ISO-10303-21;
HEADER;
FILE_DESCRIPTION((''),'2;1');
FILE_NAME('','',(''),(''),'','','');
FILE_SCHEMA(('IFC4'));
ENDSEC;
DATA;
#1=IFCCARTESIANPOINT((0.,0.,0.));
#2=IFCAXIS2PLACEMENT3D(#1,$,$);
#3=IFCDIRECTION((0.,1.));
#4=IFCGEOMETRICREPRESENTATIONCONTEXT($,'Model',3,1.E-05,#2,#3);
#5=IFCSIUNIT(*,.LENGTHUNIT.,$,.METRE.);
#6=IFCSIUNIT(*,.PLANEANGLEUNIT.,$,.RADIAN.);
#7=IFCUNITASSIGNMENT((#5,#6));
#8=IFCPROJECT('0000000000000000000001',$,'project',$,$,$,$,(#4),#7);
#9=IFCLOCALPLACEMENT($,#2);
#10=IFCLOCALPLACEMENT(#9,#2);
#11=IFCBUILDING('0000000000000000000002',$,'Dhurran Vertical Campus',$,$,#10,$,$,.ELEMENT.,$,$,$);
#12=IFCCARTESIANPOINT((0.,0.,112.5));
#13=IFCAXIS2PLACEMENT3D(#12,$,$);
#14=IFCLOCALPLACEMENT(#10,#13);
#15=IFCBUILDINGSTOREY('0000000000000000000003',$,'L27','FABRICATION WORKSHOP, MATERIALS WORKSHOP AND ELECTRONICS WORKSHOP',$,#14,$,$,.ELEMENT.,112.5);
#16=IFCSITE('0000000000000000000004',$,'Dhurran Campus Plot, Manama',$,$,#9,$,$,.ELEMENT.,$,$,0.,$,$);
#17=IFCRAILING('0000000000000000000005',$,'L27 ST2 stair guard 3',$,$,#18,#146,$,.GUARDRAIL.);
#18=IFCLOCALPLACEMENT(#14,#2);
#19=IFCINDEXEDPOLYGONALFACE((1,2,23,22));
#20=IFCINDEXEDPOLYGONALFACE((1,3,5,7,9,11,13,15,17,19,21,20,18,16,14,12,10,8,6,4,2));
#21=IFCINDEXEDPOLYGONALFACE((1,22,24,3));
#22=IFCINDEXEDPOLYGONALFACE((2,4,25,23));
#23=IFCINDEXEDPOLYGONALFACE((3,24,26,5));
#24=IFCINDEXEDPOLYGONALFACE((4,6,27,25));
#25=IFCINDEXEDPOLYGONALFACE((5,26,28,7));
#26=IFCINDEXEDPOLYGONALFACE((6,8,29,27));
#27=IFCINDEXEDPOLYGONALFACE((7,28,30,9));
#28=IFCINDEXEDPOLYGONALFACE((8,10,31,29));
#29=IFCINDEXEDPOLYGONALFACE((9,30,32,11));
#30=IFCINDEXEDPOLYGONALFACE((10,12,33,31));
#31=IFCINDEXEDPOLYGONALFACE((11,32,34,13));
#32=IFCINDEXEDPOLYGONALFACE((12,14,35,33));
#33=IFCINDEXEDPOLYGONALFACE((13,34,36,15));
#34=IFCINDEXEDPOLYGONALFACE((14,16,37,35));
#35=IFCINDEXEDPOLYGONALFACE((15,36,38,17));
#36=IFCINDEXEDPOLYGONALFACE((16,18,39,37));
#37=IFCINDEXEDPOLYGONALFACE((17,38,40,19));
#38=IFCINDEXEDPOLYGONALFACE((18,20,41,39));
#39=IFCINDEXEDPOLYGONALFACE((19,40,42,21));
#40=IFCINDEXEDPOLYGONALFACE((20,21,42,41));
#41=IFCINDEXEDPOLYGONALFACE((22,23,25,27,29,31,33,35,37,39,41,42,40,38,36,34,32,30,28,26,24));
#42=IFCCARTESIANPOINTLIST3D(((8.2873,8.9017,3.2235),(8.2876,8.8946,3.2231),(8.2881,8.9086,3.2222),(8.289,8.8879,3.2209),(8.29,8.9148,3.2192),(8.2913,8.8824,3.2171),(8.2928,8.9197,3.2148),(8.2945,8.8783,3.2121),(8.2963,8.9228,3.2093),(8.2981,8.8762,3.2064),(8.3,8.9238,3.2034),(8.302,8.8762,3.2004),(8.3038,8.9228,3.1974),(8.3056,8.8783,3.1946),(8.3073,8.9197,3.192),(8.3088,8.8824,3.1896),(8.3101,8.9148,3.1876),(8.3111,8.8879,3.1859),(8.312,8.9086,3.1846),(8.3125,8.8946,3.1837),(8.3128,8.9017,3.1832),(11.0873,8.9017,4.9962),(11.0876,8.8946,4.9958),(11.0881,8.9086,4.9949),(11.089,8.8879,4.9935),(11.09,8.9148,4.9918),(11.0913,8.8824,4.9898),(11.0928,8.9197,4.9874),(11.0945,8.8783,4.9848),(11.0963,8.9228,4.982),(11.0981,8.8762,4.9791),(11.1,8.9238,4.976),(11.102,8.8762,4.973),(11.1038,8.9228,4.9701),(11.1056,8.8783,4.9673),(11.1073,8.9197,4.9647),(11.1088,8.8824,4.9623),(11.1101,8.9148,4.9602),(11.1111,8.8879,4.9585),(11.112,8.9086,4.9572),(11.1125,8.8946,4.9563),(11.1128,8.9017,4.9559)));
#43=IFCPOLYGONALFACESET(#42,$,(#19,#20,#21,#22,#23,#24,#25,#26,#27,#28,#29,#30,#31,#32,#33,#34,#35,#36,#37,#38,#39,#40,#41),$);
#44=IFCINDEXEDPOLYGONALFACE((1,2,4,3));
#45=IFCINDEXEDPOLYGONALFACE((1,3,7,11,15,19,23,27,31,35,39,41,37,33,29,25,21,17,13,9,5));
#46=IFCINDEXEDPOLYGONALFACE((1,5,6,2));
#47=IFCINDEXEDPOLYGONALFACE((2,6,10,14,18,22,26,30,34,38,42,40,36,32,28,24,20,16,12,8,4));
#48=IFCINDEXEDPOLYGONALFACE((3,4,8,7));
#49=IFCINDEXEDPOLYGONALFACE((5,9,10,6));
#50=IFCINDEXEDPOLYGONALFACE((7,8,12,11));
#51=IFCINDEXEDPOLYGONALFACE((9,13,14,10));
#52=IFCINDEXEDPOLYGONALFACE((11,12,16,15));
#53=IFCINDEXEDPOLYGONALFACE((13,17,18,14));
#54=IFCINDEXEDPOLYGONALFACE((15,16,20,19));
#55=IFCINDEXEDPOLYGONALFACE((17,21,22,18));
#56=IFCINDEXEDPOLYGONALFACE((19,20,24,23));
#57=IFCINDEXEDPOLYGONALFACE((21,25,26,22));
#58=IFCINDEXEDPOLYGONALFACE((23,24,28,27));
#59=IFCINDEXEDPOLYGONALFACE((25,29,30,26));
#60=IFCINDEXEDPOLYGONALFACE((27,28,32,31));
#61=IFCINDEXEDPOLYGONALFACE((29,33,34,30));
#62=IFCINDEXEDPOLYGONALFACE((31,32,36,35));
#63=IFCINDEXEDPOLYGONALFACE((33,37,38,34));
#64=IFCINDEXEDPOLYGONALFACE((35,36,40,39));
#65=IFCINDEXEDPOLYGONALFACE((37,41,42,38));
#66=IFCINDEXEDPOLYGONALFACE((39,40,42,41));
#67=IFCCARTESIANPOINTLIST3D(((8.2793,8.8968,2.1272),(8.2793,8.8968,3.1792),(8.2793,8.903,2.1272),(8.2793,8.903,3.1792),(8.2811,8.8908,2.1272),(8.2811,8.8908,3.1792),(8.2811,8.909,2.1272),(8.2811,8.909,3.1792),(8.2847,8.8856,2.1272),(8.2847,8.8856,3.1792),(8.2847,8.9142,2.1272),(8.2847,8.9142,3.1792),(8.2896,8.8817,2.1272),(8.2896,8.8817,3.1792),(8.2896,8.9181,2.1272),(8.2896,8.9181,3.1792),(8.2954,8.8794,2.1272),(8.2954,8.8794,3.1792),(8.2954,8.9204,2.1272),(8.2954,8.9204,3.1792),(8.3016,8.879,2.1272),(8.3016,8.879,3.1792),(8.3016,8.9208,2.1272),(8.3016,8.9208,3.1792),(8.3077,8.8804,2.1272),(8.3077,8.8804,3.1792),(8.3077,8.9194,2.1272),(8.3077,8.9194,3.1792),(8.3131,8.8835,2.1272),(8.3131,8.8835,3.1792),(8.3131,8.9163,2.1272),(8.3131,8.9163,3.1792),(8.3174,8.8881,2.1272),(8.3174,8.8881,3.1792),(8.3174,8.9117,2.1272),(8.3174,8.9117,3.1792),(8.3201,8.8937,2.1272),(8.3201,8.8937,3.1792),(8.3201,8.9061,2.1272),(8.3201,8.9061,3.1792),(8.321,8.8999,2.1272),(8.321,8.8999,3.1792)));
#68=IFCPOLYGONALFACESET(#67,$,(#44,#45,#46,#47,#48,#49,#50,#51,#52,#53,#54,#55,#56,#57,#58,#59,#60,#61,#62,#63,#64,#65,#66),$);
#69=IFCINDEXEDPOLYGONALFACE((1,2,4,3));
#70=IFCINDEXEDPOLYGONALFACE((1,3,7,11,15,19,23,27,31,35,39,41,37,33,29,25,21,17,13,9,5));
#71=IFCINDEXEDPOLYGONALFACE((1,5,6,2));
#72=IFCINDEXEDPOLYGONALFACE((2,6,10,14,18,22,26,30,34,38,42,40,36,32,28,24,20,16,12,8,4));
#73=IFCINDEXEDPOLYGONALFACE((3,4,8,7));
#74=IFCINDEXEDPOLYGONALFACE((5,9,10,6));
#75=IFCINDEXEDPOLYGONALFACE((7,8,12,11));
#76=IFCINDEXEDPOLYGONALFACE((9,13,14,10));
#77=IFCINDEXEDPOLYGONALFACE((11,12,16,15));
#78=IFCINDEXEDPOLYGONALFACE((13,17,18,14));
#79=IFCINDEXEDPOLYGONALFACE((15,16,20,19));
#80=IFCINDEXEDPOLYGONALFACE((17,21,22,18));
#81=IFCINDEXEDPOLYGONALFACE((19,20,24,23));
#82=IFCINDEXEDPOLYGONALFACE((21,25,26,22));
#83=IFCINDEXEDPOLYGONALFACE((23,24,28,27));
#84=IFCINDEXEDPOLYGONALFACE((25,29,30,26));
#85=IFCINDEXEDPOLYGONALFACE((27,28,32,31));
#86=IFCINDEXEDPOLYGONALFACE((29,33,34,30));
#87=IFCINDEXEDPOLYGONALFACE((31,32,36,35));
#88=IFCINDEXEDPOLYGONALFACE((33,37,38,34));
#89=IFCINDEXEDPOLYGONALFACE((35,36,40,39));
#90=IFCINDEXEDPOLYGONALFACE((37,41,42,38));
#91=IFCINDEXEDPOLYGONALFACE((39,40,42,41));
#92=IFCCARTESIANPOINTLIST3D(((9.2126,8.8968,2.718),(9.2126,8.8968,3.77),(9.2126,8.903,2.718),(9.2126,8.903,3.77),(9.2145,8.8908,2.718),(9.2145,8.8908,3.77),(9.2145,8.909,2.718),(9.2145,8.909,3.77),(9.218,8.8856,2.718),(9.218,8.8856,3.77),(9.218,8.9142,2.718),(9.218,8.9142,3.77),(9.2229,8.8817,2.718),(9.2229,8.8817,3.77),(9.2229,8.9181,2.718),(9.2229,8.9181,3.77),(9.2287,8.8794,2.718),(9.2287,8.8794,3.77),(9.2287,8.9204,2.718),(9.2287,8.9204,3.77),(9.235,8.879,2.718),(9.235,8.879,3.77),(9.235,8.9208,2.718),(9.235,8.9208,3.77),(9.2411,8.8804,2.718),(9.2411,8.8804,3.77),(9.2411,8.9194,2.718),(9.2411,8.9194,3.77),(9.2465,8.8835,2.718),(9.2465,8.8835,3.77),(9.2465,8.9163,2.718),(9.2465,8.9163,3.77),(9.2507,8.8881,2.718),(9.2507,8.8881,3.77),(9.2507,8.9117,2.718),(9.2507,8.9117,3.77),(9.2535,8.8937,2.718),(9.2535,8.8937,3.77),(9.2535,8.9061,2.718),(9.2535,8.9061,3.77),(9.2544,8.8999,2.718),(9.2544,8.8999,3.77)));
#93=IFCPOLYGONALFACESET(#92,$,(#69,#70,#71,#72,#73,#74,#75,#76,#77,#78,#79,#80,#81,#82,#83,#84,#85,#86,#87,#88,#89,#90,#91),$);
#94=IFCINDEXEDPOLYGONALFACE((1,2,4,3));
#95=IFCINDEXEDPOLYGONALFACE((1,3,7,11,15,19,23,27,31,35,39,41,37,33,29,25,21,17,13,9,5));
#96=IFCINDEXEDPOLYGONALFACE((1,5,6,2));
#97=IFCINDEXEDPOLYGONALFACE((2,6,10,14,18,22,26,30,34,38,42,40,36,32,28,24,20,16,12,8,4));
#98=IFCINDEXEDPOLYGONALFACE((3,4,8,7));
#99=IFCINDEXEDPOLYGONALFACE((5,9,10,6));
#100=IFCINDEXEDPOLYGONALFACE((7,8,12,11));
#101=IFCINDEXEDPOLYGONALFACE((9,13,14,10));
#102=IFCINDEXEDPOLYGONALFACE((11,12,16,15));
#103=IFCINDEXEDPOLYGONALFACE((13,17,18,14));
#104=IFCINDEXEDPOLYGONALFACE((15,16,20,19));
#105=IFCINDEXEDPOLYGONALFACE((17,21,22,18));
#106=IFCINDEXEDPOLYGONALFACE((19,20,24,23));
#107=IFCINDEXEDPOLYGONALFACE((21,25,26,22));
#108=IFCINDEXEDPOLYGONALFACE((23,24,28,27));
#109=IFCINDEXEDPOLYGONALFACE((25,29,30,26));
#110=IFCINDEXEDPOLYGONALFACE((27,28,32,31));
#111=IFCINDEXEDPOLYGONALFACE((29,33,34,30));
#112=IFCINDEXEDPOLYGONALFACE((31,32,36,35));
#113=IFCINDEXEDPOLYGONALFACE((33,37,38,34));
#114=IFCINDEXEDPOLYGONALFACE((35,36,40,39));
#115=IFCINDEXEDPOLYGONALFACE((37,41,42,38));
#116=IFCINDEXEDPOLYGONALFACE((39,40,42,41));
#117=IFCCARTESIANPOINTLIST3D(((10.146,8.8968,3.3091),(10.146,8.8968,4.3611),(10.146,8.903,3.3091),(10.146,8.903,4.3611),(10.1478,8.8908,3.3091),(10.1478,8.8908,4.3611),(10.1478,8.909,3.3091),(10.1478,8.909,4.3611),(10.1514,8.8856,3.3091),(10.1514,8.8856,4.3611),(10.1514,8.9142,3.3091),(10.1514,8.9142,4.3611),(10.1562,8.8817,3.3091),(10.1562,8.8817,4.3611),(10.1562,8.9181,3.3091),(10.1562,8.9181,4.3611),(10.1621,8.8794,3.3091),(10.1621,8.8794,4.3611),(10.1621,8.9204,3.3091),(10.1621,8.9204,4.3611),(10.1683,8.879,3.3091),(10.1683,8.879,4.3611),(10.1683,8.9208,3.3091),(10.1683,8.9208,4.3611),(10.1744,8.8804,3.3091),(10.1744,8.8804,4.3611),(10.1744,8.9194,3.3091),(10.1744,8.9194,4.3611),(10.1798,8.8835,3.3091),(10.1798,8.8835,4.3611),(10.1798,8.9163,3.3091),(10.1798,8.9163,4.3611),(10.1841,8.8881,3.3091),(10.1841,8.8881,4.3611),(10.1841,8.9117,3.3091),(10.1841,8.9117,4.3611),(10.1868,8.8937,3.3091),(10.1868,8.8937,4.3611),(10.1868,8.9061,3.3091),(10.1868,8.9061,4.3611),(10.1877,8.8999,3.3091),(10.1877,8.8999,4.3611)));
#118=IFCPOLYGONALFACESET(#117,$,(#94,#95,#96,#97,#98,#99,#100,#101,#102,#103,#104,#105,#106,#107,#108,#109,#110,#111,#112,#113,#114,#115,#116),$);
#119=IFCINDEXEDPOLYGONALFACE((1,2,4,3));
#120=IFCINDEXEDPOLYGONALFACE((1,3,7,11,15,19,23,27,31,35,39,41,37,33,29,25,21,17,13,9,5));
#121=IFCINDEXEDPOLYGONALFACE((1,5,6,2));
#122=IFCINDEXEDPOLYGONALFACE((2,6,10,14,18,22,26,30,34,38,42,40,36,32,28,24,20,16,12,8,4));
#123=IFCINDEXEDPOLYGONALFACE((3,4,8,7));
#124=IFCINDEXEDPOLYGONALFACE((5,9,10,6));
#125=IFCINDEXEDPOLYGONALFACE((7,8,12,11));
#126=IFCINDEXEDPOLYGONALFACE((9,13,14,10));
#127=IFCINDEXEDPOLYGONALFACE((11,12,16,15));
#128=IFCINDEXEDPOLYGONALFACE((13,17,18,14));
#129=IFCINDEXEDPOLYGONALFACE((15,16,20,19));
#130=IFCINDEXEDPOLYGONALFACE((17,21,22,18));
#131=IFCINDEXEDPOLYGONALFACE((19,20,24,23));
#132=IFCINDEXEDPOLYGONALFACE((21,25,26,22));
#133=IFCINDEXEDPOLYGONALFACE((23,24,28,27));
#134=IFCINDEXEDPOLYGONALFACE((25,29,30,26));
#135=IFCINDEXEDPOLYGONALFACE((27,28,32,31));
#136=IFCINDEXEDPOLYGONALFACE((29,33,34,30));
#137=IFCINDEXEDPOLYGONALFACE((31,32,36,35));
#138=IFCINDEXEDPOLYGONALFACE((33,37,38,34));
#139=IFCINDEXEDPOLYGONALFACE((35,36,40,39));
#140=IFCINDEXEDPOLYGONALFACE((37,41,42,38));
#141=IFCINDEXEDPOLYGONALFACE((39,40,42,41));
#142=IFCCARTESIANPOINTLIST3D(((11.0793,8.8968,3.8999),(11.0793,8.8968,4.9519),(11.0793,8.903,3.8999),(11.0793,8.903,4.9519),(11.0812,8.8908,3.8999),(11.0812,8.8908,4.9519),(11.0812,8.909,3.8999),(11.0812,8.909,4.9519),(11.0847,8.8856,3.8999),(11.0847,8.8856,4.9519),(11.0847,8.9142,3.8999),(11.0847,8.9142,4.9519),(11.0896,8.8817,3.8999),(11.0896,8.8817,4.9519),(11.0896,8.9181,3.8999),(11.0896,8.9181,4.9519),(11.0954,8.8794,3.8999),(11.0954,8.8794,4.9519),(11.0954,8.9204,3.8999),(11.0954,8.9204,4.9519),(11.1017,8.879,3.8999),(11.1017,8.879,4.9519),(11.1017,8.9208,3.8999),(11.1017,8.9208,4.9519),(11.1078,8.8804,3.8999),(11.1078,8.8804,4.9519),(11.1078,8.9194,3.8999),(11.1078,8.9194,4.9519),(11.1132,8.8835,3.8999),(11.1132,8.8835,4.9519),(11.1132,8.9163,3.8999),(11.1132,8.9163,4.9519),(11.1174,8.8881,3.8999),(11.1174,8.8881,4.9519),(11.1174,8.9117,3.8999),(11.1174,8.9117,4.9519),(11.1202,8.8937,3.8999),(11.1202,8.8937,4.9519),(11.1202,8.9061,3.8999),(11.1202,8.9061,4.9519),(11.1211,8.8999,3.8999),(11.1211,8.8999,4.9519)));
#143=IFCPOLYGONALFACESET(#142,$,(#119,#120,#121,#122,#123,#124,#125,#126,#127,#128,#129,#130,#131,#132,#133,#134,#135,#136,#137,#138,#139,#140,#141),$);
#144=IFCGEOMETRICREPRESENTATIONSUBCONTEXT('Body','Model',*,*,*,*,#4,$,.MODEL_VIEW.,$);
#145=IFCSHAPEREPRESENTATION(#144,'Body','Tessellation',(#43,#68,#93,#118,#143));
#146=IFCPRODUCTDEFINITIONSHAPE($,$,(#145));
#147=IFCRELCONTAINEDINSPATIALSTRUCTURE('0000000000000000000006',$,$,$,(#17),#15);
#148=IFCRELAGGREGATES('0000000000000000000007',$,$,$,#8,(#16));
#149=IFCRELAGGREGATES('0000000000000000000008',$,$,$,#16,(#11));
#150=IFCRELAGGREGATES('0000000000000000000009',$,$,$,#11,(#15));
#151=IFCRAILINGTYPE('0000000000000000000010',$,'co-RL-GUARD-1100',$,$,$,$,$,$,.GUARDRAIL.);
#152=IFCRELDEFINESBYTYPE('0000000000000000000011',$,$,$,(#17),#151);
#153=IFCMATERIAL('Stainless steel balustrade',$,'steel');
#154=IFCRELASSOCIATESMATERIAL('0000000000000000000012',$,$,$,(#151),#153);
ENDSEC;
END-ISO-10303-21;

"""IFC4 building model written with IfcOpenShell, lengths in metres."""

from ifc_helpers import new_model, si_unit, direction, frame, origin, origin_2d, place, context, subcontext, project, spatial, circle, extrude, material, type_object, element, save


model = new_model("IFC4")

# Units and contexts
model_context = context("Model", 3, precision=1e-05, world=origin(), true_north=direction((0.0, 1.0)))
body_context = subcontext(model_context, "Body", "Model", "MODEL_VIEW")
ifc_project = project(units=[si_unit("LENGTHUNIT", "METRE"), si_unit("PLANEANGLEUNIT", "RADIAN")], contexts=[model_context])

# Site, building, storey
site_placement = place(None, origin())
site = spatial("IfcSite", under=ifc_project, at=site_placement, Name="Dhurran Campus Plot, Manama", CompositionType="ELEMENT", RefElevation=0.0)
building_placement = place(site_placement, origin())
building = spatial("IfcBuilding", under=site, at=building_placement, Name="Dhurran Vertical Campus", CompositionType="ELEMENT")
storey_placement = place(building_placement, frame((0.0, 0.0, 112.5)))
storey = spatial("IfcBuildingStorey", under=building, at=storey_placement, Name="L27", Description="FABRICATION WORKSHOP, MATERIALS WORKSHOP AND ELECTRONICS WORKSHOP", CompositionType="ELEMENT", Elevation=112.5)

# Railing
ifc_material_1 = material(Name="Stainless steel balustrade", Category="steel")
railing_type_1 = type_object("IfcRailingType", Name="co-RL-GUARD-1100", PredefinedType="GUARDRAIL", material=ifc_material_1)
railing_1_placement = place(storey_placement, frame((8.3, 8.8999, 2.1272)))
element("IfcRailing", 1, at=railing_1_placement, inside=storey, type_object=railing_type_1, Name="L27 ST2 stair guard 3", PredefinedType="GUARDRAIL", context=body_context, shape_type="SweptSolid", body=[
    extrude(circle(Radius=0.0239, at=origin_2d()), frame((0.0, 0.0, 1.0762), z_axis=(0.844909, 0.0, 0.53491), x_axis=(0.0, 1.0, 0.0)), (0.0, 0.0, 1.0), 3.314),
    extrude(circle(Radius=0.021, at=origin_2d()), origin(), (0.0, 0.0, 1.0), 1.052),
    extrude(circle(Radius=0.021, at=origin_2d()), frame((0.9333, 0.0, 0.5908)), (0.0, 0.0, 1.0), 1.052),
    extrude(circle(Radius=0.021, at=origin_2d()), frame((1.8667, 0.0, 1.1819)), (0.0, 0.0, 1.0), 1.052),
    extrude(circle(Radius=0.021, at=origin_2d()), frame((2.8, 0.0, 1.7727)), (0.0, 0.0, 1.0), 1.052),
])

save(model, "model.ifc")
